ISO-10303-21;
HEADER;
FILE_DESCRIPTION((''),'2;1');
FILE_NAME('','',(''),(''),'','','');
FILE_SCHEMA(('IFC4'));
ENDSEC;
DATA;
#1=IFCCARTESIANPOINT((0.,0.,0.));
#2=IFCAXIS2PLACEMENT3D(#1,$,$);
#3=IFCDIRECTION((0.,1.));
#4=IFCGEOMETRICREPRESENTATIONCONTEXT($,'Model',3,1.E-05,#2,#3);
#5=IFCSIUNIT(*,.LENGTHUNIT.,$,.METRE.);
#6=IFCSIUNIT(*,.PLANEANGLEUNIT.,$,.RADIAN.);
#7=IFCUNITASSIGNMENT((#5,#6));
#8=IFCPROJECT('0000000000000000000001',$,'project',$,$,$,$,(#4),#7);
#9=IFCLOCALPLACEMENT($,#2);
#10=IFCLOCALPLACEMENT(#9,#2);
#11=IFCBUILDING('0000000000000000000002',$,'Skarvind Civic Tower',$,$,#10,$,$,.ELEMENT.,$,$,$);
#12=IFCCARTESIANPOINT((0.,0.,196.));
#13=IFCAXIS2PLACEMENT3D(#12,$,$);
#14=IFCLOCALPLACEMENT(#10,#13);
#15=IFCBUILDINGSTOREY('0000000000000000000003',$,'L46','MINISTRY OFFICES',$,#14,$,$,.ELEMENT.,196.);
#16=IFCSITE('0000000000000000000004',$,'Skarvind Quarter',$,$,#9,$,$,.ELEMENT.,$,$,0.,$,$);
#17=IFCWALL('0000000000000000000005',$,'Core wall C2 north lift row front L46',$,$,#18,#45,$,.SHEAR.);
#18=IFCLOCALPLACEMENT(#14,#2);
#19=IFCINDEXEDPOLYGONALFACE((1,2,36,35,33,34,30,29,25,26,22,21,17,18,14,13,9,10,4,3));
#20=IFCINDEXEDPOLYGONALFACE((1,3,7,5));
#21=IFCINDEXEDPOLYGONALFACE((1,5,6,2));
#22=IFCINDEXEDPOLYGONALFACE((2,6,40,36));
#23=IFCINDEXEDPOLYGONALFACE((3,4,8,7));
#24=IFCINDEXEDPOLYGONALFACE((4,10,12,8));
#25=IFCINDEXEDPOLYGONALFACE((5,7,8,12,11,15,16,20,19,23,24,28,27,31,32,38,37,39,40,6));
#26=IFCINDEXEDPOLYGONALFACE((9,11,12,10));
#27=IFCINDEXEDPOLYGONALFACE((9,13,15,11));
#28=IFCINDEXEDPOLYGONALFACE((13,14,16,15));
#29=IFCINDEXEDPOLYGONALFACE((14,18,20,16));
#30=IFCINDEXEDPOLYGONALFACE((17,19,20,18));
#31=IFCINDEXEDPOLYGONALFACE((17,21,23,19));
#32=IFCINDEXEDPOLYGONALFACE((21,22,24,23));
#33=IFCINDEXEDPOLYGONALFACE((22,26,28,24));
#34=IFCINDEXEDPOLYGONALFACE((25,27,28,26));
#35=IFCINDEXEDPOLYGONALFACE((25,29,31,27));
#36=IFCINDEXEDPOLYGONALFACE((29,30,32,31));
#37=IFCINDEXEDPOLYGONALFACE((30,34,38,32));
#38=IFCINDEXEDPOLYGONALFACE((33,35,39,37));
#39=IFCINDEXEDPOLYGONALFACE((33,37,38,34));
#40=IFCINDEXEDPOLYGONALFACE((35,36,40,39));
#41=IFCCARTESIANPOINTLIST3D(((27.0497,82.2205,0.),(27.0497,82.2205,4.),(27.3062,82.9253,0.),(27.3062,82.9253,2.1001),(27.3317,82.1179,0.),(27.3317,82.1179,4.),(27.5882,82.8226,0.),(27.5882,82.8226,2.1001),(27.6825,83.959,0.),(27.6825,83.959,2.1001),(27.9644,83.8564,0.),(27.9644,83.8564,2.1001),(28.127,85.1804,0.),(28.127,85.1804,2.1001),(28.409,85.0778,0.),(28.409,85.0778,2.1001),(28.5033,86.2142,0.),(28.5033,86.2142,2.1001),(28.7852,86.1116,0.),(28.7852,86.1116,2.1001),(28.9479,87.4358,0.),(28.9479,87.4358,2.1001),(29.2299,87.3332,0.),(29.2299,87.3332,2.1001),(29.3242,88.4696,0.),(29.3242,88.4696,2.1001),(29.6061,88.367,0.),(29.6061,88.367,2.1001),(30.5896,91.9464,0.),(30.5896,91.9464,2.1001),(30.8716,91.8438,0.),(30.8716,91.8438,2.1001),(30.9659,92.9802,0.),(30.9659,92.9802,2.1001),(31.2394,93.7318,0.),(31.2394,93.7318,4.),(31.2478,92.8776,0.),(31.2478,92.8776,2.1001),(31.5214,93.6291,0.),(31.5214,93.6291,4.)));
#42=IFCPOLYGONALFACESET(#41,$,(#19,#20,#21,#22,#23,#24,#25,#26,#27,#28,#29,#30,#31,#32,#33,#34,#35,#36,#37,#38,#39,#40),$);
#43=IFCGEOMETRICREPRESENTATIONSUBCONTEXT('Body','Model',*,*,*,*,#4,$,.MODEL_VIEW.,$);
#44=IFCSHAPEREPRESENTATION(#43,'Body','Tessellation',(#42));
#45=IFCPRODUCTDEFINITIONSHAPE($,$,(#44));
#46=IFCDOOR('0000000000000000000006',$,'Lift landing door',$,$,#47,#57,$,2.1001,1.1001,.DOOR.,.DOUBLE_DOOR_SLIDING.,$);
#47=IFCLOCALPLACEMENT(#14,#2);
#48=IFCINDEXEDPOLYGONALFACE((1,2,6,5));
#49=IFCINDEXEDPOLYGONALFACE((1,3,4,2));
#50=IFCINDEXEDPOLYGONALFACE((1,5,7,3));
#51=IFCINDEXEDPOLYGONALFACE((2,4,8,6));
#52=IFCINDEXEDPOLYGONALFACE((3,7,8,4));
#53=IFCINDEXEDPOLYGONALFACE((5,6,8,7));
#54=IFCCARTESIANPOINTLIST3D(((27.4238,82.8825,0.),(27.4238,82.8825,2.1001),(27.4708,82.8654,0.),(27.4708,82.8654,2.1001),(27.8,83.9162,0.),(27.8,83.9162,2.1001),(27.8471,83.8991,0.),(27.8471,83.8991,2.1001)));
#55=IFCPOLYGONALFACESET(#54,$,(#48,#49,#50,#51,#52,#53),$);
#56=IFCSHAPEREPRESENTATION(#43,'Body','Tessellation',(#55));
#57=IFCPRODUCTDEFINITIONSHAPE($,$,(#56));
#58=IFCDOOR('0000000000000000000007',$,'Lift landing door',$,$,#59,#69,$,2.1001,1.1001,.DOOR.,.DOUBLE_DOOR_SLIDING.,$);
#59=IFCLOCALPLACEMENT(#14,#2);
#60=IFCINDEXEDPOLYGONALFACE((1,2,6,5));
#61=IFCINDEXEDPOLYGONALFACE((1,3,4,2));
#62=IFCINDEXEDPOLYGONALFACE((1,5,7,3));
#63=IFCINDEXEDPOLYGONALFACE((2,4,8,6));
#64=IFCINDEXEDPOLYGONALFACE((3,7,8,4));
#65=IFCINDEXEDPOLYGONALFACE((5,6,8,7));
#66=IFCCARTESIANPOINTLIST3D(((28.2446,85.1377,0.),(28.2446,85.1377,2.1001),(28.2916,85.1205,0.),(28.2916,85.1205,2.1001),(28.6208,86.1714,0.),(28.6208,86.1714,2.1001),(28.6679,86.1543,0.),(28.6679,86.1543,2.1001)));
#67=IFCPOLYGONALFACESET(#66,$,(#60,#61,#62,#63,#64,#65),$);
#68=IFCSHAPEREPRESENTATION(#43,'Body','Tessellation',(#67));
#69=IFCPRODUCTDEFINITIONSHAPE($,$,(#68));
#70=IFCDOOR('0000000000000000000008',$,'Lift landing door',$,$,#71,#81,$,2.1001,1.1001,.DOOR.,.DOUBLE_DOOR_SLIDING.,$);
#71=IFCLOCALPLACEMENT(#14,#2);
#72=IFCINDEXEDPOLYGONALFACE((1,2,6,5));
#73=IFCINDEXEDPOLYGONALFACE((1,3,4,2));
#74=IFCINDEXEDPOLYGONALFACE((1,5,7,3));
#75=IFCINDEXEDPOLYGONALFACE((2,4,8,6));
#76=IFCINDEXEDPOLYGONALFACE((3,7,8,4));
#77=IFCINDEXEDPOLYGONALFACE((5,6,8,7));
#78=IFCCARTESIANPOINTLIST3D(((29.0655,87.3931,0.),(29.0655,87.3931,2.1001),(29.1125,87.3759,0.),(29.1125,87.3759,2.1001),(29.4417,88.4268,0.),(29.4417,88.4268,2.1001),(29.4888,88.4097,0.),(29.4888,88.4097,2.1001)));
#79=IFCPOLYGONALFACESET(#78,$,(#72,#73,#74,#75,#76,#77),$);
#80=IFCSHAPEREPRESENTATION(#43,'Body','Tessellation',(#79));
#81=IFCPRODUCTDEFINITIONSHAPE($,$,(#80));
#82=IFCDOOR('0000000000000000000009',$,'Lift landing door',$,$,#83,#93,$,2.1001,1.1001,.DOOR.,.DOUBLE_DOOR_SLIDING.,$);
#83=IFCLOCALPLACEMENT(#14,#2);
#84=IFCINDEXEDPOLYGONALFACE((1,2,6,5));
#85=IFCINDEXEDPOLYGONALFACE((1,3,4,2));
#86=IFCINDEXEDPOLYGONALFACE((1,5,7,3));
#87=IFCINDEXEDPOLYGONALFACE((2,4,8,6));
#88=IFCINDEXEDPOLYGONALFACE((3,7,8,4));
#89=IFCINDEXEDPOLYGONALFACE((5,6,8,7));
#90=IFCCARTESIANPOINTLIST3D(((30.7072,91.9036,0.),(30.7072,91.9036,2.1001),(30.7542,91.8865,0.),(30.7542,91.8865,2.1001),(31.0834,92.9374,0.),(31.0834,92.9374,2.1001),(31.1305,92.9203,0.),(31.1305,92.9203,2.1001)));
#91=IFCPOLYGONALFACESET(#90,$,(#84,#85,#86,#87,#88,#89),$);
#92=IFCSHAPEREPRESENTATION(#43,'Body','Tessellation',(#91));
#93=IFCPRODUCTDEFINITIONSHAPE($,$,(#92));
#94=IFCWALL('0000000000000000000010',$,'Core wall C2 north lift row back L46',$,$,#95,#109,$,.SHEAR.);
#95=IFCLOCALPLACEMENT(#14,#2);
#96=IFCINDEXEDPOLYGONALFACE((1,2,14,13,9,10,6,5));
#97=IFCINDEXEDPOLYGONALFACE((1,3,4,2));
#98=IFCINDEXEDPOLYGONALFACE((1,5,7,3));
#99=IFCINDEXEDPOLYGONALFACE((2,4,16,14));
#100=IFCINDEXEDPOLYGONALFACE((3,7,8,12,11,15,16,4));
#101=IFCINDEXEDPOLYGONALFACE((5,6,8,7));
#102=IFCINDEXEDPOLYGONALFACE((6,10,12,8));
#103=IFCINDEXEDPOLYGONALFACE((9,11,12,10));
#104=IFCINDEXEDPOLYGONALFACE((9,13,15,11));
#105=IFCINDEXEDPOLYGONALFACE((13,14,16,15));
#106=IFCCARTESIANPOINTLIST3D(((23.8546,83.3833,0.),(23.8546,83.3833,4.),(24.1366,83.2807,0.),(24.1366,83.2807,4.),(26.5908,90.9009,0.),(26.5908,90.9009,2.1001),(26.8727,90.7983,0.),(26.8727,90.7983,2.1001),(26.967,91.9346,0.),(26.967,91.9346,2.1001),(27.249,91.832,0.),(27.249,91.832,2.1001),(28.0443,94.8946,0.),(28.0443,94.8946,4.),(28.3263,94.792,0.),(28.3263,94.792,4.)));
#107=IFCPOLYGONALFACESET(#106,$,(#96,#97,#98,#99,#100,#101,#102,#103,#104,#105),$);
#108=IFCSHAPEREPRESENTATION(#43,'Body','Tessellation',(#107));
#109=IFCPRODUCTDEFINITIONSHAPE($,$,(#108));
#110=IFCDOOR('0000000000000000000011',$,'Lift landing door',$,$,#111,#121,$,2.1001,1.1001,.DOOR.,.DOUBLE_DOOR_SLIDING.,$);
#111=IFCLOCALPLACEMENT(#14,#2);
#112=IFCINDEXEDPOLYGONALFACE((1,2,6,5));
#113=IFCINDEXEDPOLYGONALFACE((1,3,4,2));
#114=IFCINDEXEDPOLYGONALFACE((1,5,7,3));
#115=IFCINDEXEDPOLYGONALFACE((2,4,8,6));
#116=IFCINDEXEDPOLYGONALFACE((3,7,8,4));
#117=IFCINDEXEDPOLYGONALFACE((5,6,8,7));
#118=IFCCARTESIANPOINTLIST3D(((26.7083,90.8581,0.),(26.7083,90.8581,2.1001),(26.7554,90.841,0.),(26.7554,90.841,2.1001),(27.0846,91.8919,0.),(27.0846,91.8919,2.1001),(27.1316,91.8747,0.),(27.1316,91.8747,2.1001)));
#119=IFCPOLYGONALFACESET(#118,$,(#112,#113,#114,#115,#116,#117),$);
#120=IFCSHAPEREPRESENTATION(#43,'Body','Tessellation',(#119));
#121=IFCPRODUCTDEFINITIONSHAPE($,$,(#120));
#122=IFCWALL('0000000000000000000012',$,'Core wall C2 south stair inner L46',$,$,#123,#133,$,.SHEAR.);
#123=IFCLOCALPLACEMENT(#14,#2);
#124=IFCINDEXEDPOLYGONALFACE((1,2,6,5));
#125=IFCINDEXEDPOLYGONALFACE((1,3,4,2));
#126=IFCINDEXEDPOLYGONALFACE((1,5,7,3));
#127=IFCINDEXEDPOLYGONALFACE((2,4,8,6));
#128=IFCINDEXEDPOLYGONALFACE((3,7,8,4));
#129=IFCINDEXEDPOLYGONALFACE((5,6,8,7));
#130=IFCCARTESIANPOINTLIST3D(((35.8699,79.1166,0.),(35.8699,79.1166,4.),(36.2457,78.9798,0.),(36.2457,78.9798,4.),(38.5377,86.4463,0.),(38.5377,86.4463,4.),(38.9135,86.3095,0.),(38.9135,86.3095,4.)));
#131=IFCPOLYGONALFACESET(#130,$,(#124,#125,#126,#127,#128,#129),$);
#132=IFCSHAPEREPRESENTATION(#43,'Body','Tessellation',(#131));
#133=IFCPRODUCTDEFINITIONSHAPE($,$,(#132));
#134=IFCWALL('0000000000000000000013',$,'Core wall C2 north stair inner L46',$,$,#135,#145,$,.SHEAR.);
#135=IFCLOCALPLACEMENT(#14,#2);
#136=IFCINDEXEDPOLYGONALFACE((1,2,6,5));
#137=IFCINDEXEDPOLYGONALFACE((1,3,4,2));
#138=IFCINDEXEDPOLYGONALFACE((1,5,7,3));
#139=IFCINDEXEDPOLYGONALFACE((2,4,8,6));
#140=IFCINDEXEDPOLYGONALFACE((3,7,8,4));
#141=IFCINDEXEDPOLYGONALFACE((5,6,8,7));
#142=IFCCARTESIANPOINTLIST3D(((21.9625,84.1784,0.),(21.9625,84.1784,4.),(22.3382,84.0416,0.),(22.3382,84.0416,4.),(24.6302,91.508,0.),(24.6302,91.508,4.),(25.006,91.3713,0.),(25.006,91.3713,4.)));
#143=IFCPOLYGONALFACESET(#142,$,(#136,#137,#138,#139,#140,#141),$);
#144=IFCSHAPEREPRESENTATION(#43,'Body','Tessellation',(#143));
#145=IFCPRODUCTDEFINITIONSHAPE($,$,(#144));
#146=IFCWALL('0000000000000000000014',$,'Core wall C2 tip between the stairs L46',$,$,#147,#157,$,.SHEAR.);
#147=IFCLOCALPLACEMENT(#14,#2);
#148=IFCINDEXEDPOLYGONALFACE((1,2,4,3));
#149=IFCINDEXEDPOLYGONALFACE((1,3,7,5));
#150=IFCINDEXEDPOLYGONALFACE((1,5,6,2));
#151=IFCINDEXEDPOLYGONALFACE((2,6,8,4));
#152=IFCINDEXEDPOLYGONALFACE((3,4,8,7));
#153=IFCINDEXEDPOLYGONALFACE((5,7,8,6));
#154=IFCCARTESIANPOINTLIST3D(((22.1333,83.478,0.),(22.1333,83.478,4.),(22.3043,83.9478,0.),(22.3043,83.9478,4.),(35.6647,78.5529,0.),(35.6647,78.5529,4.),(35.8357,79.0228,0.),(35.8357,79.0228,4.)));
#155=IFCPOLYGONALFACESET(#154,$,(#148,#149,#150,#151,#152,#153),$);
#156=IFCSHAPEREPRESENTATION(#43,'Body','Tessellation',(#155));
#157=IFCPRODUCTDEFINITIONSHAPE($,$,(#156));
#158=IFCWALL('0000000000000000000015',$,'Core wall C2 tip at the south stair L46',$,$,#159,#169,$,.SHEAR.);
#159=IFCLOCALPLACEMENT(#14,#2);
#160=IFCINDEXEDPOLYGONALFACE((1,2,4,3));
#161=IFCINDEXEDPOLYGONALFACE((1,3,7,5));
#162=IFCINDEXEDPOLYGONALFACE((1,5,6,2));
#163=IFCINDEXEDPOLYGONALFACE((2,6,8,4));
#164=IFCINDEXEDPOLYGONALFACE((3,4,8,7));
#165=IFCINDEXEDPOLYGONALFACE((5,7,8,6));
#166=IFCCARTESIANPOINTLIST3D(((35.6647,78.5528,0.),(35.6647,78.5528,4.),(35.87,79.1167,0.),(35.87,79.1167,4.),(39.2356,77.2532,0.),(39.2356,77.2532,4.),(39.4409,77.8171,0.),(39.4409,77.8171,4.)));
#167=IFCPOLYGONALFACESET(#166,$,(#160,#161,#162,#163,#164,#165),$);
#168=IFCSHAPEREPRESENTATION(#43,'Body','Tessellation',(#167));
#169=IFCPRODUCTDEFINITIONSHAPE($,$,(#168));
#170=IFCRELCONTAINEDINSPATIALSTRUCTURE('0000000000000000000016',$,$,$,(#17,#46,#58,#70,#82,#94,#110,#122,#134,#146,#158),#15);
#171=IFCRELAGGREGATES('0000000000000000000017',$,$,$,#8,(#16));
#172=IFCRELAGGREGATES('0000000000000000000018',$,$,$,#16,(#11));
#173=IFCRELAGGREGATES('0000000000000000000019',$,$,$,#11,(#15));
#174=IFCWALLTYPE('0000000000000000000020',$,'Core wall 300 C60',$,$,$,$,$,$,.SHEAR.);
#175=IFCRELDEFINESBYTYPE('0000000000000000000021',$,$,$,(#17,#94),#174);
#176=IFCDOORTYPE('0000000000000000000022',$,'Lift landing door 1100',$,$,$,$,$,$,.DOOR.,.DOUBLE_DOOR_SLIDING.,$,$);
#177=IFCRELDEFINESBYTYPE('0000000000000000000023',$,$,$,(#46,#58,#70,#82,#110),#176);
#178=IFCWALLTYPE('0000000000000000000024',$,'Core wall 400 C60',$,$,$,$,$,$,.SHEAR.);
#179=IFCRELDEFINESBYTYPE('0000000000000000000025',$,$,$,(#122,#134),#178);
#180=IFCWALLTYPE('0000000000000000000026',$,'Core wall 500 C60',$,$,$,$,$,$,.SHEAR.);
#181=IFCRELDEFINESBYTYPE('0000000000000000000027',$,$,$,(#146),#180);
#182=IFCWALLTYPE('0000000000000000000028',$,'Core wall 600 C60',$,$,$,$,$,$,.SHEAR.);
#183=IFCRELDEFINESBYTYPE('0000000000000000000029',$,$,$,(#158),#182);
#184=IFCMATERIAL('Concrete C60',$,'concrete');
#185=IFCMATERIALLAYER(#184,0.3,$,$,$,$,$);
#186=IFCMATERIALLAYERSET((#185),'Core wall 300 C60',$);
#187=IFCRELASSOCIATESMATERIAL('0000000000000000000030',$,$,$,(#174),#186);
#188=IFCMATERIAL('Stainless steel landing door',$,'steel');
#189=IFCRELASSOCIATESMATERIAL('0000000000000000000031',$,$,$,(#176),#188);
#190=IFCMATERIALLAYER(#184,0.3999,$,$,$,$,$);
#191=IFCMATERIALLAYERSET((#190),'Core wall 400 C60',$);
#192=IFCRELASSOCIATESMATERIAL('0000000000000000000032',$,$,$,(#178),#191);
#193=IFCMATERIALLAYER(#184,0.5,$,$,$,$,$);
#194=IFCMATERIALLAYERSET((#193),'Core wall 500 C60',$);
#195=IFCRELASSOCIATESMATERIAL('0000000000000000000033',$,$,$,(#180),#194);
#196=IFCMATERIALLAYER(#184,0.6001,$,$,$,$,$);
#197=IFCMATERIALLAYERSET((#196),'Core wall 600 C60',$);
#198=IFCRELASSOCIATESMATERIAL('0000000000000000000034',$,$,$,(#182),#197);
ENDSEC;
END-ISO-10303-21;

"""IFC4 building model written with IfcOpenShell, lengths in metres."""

from ifc_helpers import new_model, si_unit, direction, frame, frame_2d, origin, place, context, subcontext, project, spatial, rectangle, extrude, material, layer, layer_set, type_object, element, fill, save


model = new_model("IFC4")

# Units and contexts
model_context = context("Model", 3, precision=1e-05, world=origin(), true_north=direction((0.0, 1.0)))
body_context = subcontext(model_context, "Body", "Model", "MODEL_VIEW")
ifc_project = project(units=[si_unit("LENGTHUNIT", "METRE"), si_unit("PLANEANGLEUNIT", "RADIAN")], contexts=[model_context])

# Site, building, storey
site_placement = place(None, origin())
site = spatial("IfcSite", under=ifc_project, at=site_placement, Name="Skarvind Quarter", CompositionType="ELEMENT", RefElevation=0.0)
building_placement = place(site_placement, origin())
building = spatial("IfcBuilding", under=site, at=building_placement, Name="Skarvind Civic Tower", CompositionType="ELEMENT")
storey_placement = place(building_placement, frame((0.0, 0.0, 196.0)))
storey = spatial("IfcBuildingStorey", under=building, at=storey_placement, Name="L46", Description="MINISTRY OFFICES", CompositionType="ELEMENT", Elevation=196.0)

# Shared definitions
ifc_material_1 = material(Name="Concrete C60", Category="concrete")
ifc_layer_1 = layer(ifc_material_1, 0.3)
ifc_layer_set_1 = layer_set([ifc_layer_1], Name="Core wall 300 C60")
wall_type_1 = type_object("IfcWallType", Name="Core wall 300 C60", PredefinedType="SHEAR", material=ifc_layer_set_1)

# Wall, openings, doors
wall_1_placement = place(storey_placement, frame((27.1907, 82.1692, 0.0), z_axis=(0.0, 0.0, 1.0), x_axis=(0.342017, 0.939694, 0.0)))
wall_1 = element("IfcWall", 1, at=wall_1_placement, inside=storey, type_object=wall_type_1, Name="Core wall C2 north lift row front L46", PredefinedType="SHEAR", context=body_context, shape_type="SweptSolid", body=[
    extrude(rectangle(XDim=12.25, YDim=0.3, at=frame_2d((6.125, 0.0))), origin(), (0.0, 0.0, 1.0), 4.0),
])
opening_1_placement = place(wall_1_placement, frame((0.75, 0.0, 0.0)))
opening_1 = element("IfcOpeningElement", 2, at=opening_1_placement, cuts=wall_1, PredefinedType="OPENING", context=body_context, shape_type="SweptSolid", body=[
    extrude(rectangle(XDim=1.1001, YDim=2.1001, at=frame_2d((0.55, 1.05))), frame((0.0, 0.1599, 0.0), z_axis=(0.0, -1.0, 0.0), x_axis=(1.0, 0.0, 0.0)), (0.0, 0.0, 1.0), 0.3201),
])
opening_2_placement = place(wall_1_placement, frame((3.1499, 0.0, 0.0)))
opening_2 = element("IfcOpeningElement", 3, at=opening_2_placement, cuts=wall_1, PredefinedType="OPENING", context=body_context, shape_type="SweptSolid", body=[
    extrude(rectangle(XDim=1.1001, YDim=2.1001, at=frame_2d((0.55, 1.05))), frame((0.0, 0.1599, 0.0), z_axis=(0.0, -1.0, 0.0), x_axis=(1.0, 0.0, 0.0)), (0.0, 0.0, 1.0), 0.3201),
])
opening_3_placement = place(wall_1_placement, frame((5.55, 0.0, 0.0)))
opening_3 = element("IfcOpeningElement", 4, at=opening_3_placement, cuts=wall_1, PredefinedType="OPENING", context=body_context, shape_type="SweptSolid", body=[
    extrude(rectangle(XDim=1.1001, YDim=2.1001, at=frame_2d((0.55, 1.05))), frame((0.0, 0.1599, 0.0), z_axis=(0.0, -1.0, 0.0), x_axis=(1.0, 0.0, 0.0)), (0.0, 0.0, 1.0), 0.3201),
])
opening_4_placement = place(wall_1_placement, frame((10.3501, 0.0, 0.0)))
opening_4 = element("IfcOpeningElement", 5, at=opening_4_placement, cuts=wall_1, PredefinedType="OPENING", context=body_context, shape_type="SweptSolid", body=[
    extrude(rectangle(XDim=1.1001, YDim=2.1001, at=frame_2d((0.55, 1.05))), frame((0.0, 0.1599, 0.0), z_axis=(0.0, -1.0, 0.0), x_axis=(1.0, 0.0, 0.0)), (0.0, 0.0, 1.0), 0.3201),
])
ifc_material_2 = material(Name="Stainless steel landing door", Category="steel")
door_type_1 = type_object("IfcDoorType", Name="Lift landing door 1100", OperationType="DOUBLE_DOOR_SLIDING", PredefinedType="DOOR", material=ifc_material_2)
door_1_placement = place(opening_1_placement, origin())
door_1 = element("IfcDoor", 6, at=door_1_placement, inside=storey, type_object=door_type_1, Name="Lift landing door", OperationType="DOUBLE_DOOR_SLIDING", OverallHeight=2.1001, OverallWidth=1.1001, PredefinedType="DOOR", context=body_context, shape_type="SweptSolid", body=[
    extrude(rectangle(XDim=1.1001, YDim=2.1001, at=frame_2d((0.55, 1.05))), frame((0.0, 0.0249, 0.0), z_axis=(0.0, -1.0, 0.0), x_axis=(1.0, 0.0, 0.0)), (0.0, 0.0, 1.0), 0.05),
])
fill(opening_1, door_1)
door_2_placement = place(opening_2_placement, origin())
door_2 = element("IfcDoor", 7, at=door_2_placement, inside=storey, type_object=door_type_1, Name="Lift landing door", OperationType="DOUBLE_DOOR_SLIDING", OverallHeight=2.1001, OverallWidth=1.1001, PredefinedType="DOOR", context=body_context, shape_type="SweptSolid", body=[
    extrude(rectangle(XDim=1.1001, YDim=2.1001, at=frame_2d((0.55, 1.05))), frame((0.0, 0.0249, 0.0), z_axis=(0.0, -1.0, 0.0), x_axis=(1.0, 0.0, 0.0)), (0.0, 0.0, 1.0), 0.05),
])
fill(opening_2, door_2)
door_3_placement = place(opening_3_placement, origin())
door_3 = element("IfcDoor", 8, at=door_3_placement, inside=storey, type_object=door_type_1, Name="Lift landing door", OperationType="DOUBLE_DOOR_SLIDING", OverallHeight=2.1001, OverallWidth=1.1001, PredefinedType="DOOR", context=body_context, shape_type="SweptSolid", body=[
    extrude(rectangle(XDim=1.1001, YDim=2.1001, at=frame_2d((0.55, 1.05))), frame((0.0, 0.0249, 0.0), z_axis=(0.0, -1.0, 0.0), x_axis=(1.0, 0.0, 0.0)), (0.0, 0.0, 1.0), 0.05),
])
fill(opening_3, door_3)
door_4_placement = place(opening_4_placement, origin())
door_4 = element("IfcDoor", 9, at=door_4_placement, inside=storey, type_object=door_type_1, Name="Lift landing door", OperationType="DOUBLE_DOOR_SLIDING", OverallHeight=2.1001, OverallWidth=1.1001, PredefinedType="DOOR", context=body_context, shape_type="SweptSolid", body=[
    extrude(rectangle(XDim=1.1001, YDim=2.1001, at=frame_2d((0.55, 1.05))), frame((0.0, 0.0249, 0.0), z_axis=(0.0, -1.0, 0.0), x_axis=(1.0, 0.0, 0.0)), (0.0, 0.0, 1.0), 0.05),
])
fill(opening_4, door_4)

# Wall, opening, door
wall_2_placement = place(storey_placement, frame((23.9956, 83.332, 0.0), z_axis=(0.0, 0.0, 1.0), x_axis=(0.342017, 0.939694, 0.0)))
wall_2 = element("IfcWall", 10, at=wall_2_placement, inside=storey, type_object=wall_type_1, Name="Core wall C2 north lift row back L46", PredefinedType="SHEAR", context=body_context, shape_type="SweptSolid", body=[
    extrude(rectangle(XDim=12.25, YDim=0.3, at=frame_2d((6.125, 0.0))), origin(), (0.0, 0.0, 1.0), 4.0),
])
opening_5_placement = place(wall_2_placement, frame((8.0, 0.0, 0.0)))
opening_5 = element("IfcOpeningElement", 11, at=opening_5_placement, cuts=wall_2, PredefinedType="OPENING", context=body_context, shape_type="SweptSolid", body=[
    extrude(rectangle(XDim=1.1001, YDim=2.1001, at=frame_2d((0.55, 1.05))), frame((0.0, 0.1599, 0.0), z_axis=(0.0, -1.0, 0.0), x_axis=(1.0, 0.0, 0.0)), (0.0, 0.0, 1.0), 0.3201),
])
door_5_placement = place(opening_5_placement, origin())
door_5 = element("IfcDoor", 12, at=door_5_placement, inside=storey, type_object=door_type_1, Name="Lift landing door", OperationType="DOUBLE_DOOR_SLIDING", OverallHeight=2.1001, OverallWidth=1.1001, PredefinedType="DOOR", context=body_context, shape_type="SweptSolid", body=[
    extrude(rectangle(XDim=1.1001, YDim=2.1001, at=frame_2d((0.55, 1.05))), frame((0.0, 0.0249, 0.0), z_axis=(0.0, -1.0, 0.0), x_axis=(1.0, 0.0, 0.0)), (0.0, 0.0, 1.0), 0.05),
])
fill(opening_5, door_5)

# Walls
ifc_layer_2 = layer(ifc_material_1, 0.3999)
ifc_layer_set_2 = layer_set([ifc_layer_2], Name="Core wall 400 C60")
wall_type_2 = type_object("IfcWallType", Name="Core wall 400 C60", PredefinedType="SHEAR", material=ifc_layer_set_2)
for number, where, z_axis, x_axis, name in (
    (13, (36.0579, 79.0483, 0.0), (0.0, 0.0, 1.0), (0.342017, 0.939694, 0.0), "Core wall C2 south stair inner L46"),
    (14, (22.1504, 84.1101, 0.0), (0.0, 0.0, 1.0), (0.342017, 0.939694, 0.0), "Core wall C2 north stair inner L46"),
):
    element("IfcWall", number, at=place(storey_placement, frame(where, z_axis=z_axis, x_axis=x_axis)), inside=storey, type_object=wall_type_2, Name=name, PredefinedType="SHEAR", context=body_context, shape_type="SweptSolid", body=[
        extrude(rectangle(XDim=7.8, YDim=0.3999, at=frame_2d((3.8999, 0.0))), origin(), (0.0, 0.0, 1.0), 4.0),
    ])
ifc_layer_3 = layer(ifc_material_1, 0.5)
ifc_layer_set_3 = layer_set([ifc_layer_3], Name="Core wall 500 C60")
wall_type_3 = type_object("IfcWallType", Name="Core wall 500 C60", PredefinedType="SHEAR", material=ifc_layer_set_3)
wall_3_placement = place(storey_placement, frame((35.7502, 78.7878, 0.0), z_axis=(0.0, 0.0, 1.0), x_axis=(-0.939693, 0.342019, 0.0)))
element("IfcWall", 15, at=wall_3_placement, inside=storey, type_object=wall_type_3, Name="Core wall C2 tip between the stairs L46", PredefinedType="SHEAR", context=body_context, shape_type="SweptSolid", body=[
    extrude(rectangle(XDim=14.3999, YDim=0.5, at=frame_2d((7.2, 0.0))), origin(), (0.0, 0.0, 1.0), 4.0),
])
ifc_layer_4 = layer(ifc_material_1, 0.6001)
ifc_layer_set_4 = layer_set([ifc_layer_4], Name="Core wall 600 C60")
wall_type_4 = type_object("IfcWallType", Name="Core wall 600 C60", PredefinedType="SHEAR", material=ifc_layer_set_4)
for number, where, z_axis, x_axis, name in (
    (16, (39.3381, 77.5352, 0.0), (0.0, 0.0, 1.0), (-0.939701, 0.341996, 0.0), "Core wall C2 tip at the south stair L46"),
):
    element("IfcWall", number, at=place(storey_placement, frame(where, z_axis=z_axis, x_axis=x_axis)), inside=storey, type_object=wall_type_4, Name=name, PredefinedType="SHEAR", context=body_context, shape_type="SweptSolid", body=[
        extrude(rectangle(XDim=3.8, YDim=0.6001, at=frame_2d((1.8999, 0.0))), origin(), (0.0, 0.0, 1.0), 4.0),
    ])

save(model, "model.ifc")
